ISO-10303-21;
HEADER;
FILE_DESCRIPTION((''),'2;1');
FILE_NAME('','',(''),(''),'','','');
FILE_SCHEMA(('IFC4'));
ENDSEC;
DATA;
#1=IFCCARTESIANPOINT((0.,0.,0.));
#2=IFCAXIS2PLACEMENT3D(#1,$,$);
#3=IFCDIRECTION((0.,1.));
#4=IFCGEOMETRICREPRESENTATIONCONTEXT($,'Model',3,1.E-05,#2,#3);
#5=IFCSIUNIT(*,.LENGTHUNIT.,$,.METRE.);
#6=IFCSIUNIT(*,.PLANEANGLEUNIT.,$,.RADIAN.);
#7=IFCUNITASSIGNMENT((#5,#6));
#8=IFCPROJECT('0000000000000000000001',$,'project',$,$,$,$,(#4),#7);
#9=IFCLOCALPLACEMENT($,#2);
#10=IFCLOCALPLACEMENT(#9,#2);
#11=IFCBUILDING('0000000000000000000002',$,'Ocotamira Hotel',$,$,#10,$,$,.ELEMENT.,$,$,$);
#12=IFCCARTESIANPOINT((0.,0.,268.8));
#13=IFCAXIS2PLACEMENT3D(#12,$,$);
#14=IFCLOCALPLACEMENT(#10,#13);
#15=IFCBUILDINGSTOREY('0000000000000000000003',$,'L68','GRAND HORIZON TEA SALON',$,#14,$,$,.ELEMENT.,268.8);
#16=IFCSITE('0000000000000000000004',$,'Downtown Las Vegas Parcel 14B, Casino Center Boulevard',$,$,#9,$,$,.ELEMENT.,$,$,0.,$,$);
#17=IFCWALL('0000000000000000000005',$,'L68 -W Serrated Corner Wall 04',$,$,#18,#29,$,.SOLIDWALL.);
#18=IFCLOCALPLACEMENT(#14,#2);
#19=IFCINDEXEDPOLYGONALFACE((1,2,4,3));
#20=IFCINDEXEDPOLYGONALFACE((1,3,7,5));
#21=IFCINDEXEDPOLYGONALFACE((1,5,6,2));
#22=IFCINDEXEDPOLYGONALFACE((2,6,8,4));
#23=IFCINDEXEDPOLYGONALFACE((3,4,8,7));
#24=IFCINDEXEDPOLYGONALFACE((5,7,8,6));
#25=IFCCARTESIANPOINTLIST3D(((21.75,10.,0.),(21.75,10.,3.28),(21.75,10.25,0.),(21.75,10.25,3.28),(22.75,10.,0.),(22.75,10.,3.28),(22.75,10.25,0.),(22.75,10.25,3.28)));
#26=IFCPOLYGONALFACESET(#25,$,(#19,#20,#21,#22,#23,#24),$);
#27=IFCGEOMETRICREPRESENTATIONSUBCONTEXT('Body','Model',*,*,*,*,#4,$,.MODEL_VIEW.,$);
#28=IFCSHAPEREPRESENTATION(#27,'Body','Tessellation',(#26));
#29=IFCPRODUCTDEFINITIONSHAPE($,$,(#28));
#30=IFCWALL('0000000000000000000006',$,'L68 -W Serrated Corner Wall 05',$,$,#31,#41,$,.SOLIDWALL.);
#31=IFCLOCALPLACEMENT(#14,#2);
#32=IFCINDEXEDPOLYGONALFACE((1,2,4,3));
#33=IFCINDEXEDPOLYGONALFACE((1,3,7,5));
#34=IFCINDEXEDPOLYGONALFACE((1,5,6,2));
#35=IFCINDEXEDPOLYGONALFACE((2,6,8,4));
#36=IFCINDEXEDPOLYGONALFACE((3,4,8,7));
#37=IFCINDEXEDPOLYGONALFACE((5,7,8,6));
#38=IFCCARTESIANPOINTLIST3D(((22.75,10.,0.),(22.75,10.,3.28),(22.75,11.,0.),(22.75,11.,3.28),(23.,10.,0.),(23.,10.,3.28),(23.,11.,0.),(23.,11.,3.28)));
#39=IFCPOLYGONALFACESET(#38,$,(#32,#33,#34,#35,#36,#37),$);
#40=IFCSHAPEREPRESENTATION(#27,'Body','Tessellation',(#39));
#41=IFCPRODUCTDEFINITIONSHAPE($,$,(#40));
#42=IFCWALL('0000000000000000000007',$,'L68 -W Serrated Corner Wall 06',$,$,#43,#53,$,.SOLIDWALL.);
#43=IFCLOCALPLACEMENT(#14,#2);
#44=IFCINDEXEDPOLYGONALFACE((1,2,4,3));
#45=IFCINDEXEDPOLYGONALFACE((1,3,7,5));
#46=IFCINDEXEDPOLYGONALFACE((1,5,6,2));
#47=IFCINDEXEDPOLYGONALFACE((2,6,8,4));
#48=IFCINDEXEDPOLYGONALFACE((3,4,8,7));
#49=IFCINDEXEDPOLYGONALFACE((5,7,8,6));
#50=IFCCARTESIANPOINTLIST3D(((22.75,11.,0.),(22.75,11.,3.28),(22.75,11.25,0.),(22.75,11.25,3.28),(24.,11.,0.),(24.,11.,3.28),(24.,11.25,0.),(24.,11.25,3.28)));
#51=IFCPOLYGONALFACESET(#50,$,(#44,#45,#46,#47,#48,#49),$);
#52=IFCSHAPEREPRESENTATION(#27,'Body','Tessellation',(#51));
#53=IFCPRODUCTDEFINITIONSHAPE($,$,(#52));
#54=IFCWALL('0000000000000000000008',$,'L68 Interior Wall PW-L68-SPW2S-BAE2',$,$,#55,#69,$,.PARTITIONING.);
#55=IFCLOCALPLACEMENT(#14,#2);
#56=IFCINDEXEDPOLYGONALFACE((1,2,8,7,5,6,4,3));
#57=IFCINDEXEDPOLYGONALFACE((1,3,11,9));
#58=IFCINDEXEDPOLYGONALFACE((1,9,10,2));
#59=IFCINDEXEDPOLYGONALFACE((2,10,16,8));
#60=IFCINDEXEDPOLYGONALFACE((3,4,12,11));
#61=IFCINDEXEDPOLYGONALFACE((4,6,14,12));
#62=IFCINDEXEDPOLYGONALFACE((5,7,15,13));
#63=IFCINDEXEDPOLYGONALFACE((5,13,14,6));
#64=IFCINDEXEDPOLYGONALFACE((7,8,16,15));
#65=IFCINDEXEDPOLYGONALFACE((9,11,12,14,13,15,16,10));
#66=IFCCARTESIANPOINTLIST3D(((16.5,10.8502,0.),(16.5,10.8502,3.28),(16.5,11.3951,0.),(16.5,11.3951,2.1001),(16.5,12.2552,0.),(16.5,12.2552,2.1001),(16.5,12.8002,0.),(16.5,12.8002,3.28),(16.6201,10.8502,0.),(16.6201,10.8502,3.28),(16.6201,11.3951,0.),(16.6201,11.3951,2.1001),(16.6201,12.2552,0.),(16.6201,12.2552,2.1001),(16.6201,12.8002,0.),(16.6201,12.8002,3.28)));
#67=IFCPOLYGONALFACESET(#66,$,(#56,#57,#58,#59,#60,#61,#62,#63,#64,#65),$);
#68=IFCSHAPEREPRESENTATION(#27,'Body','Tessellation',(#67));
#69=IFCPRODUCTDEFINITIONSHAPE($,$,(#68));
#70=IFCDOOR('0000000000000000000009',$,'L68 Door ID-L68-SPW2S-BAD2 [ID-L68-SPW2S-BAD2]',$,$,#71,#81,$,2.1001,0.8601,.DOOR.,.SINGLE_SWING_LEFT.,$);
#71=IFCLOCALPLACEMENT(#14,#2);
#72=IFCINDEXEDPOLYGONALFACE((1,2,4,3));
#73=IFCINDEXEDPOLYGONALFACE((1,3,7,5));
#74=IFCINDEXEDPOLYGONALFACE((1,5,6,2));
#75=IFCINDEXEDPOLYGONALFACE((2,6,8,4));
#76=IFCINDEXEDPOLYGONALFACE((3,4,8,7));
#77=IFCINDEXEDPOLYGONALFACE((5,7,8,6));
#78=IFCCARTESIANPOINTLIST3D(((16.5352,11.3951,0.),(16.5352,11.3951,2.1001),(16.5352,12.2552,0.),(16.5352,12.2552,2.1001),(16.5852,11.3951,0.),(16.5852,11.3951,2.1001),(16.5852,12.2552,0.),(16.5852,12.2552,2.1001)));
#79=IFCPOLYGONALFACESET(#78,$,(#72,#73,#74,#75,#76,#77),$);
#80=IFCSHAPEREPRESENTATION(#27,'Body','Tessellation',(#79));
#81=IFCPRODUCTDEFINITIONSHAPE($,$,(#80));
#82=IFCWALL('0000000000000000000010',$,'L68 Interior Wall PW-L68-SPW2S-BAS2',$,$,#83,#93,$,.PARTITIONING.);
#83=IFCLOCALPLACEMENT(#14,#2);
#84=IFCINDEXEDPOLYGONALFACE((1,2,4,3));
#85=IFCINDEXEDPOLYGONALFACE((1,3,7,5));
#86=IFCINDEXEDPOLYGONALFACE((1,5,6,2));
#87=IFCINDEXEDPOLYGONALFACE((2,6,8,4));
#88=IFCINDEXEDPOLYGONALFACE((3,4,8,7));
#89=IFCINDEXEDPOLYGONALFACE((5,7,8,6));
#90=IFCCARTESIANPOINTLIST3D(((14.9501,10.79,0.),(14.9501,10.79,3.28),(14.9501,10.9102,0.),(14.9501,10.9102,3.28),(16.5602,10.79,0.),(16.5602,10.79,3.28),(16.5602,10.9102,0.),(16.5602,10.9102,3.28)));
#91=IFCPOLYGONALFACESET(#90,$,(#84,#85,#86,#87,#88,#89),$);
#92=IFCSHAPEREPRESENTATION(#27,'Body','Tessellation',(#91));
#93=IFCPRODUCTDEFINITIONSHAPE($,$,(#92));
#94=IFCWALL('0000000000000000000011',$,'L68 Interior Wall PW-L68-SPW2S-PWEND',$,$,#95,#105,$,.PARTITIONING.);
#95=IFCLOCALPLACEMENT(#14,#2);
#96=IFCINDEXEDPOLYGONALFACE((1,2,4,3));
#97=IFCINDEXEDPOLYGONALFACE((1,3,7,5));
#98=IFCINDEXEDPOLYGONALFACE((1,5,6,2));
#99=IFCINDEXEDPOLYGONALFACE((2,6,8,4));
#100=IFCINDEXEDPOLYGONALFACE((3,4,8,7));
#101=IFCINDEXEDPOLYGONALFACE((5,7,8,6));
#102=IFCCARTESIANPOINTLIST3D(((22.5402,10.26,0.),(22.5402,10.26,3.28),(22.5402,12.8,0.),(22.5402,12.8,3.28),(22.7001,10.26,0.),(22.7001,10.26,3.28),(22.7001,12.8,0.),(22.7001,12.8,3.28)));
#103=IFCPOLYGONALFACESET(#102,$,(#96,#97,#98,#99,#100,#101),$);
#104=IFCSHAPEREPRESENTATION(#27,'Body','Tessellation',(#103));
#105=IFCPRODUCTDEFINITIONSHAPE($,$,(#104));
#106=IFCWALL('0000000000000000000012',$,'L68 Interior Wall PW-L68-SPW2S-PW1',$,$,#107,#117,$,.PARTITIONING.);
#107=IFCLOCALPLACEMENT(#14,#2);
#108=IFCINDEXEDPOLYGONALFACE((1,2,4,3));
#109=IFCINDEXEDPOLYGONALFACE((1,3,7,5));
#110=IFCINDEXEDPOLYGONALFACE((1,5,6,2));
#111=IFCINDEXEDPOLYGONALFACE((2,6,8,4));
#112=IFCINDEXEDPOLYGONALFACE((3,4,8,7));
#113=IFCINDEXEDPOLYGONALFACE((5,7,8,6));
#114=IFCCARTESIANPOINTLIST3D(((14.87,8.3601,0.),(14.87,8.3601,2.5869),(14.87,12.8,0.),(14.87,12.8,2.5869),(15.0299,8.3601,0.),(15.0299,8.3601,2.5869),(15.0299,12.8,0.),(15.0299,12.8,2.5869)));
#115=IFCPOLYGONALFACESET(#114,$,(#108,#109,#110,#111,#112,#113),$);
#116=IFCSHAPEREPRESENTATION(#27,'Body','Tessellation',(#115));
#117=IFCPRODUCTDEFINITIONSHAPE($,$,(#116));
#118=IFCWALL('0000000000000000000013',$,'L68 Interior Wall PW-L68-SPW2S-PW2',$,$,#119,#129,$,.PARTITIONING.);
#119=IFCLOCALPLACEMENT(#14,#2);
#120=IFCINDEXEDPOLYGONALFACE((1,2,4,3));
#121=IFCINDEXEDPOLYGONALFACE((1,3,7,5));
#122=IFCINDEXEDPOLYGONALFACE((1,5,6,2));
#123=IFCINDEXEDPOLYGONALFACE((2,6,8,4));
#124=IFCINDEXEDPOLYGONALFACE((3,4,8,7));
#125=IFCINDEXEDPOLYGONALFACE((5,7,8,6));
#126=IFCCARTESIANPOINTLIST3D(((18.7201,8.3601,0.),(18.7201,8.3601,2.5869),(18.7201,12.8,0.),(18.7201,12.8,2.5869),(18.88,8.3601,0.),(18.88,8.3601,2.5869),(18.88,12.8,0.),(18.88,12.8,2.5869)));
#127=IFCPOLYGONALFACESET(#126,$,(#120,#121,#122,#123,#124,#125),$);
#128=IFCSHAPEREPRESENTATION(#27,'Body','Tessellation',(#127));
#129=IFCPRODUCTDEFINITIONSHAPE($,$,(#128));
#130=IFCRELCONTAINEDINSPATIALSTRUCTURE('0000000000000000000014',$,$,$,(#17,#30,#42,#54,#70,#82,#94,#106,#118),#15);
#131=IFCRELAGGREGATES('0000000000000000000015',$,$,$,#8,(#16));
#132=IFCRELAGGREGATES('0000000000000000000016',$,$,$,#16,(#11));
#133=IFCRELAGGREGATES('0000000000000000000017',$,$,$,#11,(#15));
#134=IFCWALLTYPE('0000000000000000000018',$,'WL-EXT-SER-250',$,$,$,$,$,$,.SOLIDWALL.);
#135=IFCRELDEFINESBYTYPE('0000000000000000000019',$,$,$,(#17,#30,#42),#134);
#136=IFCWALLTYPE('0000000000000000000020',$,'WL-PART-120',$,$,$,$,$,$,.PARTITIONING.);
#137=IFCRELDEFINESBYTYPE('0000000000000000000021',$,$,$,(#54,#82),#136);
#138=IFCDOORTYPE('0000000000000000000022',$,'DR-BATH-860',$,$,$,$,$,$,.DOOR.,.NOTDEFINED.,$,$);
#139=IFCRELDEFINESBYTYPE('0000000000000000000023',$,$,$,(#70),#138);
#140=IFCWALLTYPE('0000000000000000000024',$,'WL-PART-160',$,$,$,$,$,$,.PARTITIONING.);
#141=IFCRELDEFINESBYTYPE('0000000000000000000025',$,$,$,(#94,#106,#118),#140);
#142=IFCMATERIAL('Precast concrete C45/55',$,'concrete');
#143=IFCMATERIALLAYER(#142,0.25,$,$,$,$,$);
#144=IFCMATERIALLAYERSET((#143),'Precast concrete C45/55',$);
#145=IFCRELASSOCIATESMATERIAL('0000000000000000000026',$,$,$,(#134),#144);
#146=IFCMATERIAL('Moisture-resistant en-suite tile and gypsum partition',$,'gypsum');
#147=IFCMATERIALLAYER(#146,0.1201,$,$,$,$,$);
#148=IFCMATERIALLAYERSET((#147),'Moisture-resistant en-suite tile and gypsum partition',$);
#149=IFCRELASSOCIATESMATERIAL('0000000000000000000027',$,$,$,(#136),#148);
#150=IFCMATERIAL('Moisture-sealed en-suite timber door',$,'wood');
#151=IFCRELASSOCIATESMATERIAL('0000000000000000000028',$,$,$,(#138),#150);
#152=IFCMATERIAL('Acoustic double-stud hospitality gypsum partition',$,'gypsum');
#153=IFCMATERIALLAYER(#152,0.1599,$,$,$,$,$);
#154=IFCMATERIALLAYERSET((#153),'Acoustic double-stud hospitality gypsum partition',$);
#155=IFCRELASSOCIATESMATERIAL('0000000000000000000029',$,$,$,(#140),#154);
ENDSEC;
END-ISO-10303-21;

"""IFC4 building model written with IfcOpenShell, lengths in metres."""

from ifc_helpers import new_model, si_unit, direction, frame, frame_2d, origin, place, context, subcontext, project, spatial, rectangle, extrude, source, transform, mapped, material, layer, layer_set, type_object, element, fill, save


model = new_model("IFC4")

# Units and contexts
model_context = context("Model", 3, precision=1e-05, world=origin(), true_north=direction((0.0, 1.0)))
body_context = subcontext(model_context, "Body", "Model", "MODEL_VIEW")
ifc_project = project(units=[si_unit("LENGTHUNIT", "METRE"), si_unit("PLANEANGLEUNIT", "RADIAN")], contexts=[model_context])

# Site, building, storey
site_placement = place(None, origin())
site = spatial("IfcSite", under=ifc_project, at=site_placement, Name="Downtown Las Vegas Parcel 14B, Casino Center Boulevard", CompositionType="ELEMENT", RefElevation=0.0)
building_placement = place(site_placement, origin())
building = spatial("IfcBuilding", under=site, at=building_placement, Name="Ocotamira Hotel", CompositionType="ELEMENT")
storey_placement = place(building_placement, frame((0.0, 0.0, 268.8)))
storey = spatial("IfcBuildingStorey", under=building, at=storey_placement, Name="L68", Description="GRAND HORIZON TEA SALON", CompositionType="ELEMENT", Elevation=268.8)

# Walls
ifc_material_1 = material(Name="Precast concrete C45/55", Category="concrete")
ifc_layer_1 = layer(ifc_material_1, 0.25)
ifc_layer_set_1 = layer_set([ifc_layer_1], Name="Precast concrete C45/55")
wall_type_1 = type_object("IfcWallType", Name="WL-EXT-SER-250", PredefinedType="SOLIDWALL", material=ifc_layer_set_1)
for number, where, z_axis, x_axis, name in (
    (1, (21.75, 10.125, 0.0), (0.0, 0.0, 1.0), (1.0, 0.0, 0.0), "L68 -W Serrated Corner Wall 04"),
    (2, (22.875, 10.0, 0.0), (0.0, 0.0, 1.0), (0.0, 1.0, 0.0), "L68 -W Serrated Corner Wall 05"),
):
    element("IfcWall", number, at=place(storey_placement, frame(where, z_axis=z_axis, x_axis=x_axis)), inside=storey, type_object=wall_type_1, Name=name, PredefinedType="SOLIDWALL", context=body_context, shape_type="SweptSolid", body=[
        extrude(rectangle(XDim=1.0, YDim=0.25, at=frame_2d((0.5, 0.0))), origin(), (0.0, 0.0, 1.0), 3.28),
    ])
wall_1_placement = place(storey_placement, frame((22.75, 11.125, 0.0), z_axis=(0.0, 0.0, 1.0), x_axis=(1.0, 0.0, 0.0)))
element("IfcWall", 3, at=wall_1_placement, inside=storey, type_object=wall_type_1, Name="L68 -W Serrated Corner Wall 06", PredefinedType="SOLIDWALL", context=body_context, shape_type="SweptSolid", body=[
    extrude(rectangle(XDim=1.25, YDim=0.25, at=frame_2d((0.625, 0.0))), origin(), (0.0, 0.0, 1.0), 3.28),
])

# Wall, opening, door
ifc_material_2 = material(Name="Moisture-resistant en-suite tile and gypsum partition", Category="gypsum")
ifc_layer_2 = layer(ifc_material_2, 0.1201)
ifc_layer_set_2 = layer_set([ifc_layer_2], Name="Moisture-resistant en-suite tile and gypsum partition")
wall_type_2 = type_object("IfcWallType", Name="WL-PART-120", PredefinedType="PARTITIONING", material=ifc_layer_set_2)
wall_2_placement = place(storey_placement, frame((16.5601, 10.8501, 0.0), z_axis=(0.0, 0.0, 1.0), x_axis=(0.0, 1.0, 0.0)))
wall_2 = element("IfcWall", 4, at=wall_2_placement, inside=storey, type_object=wall_type_2, Name="L68 Interior Wall PW-L68-SPW2S-BAE2", PredefinedType="PARTITIONING", context=body_context, shape_type="SweptSolid", body=[
    extrude(rectangle(XDim=1.95, YDim=0.1201, at=frame_2d((0.9751, 0.0))), origin(), (0.0, 0.0, 1.0), 3.28),
])
opening_placement = place(wall_2_placement, frame((0.5449, 0.0, 0.0)))
opening = element("IfcOpeningElement", 5, at=opening_placement, cuts=wall_2, PredefinedType="OPENING", context=body_context, shape_type="SweptSolid", body=[
    extrude(rectangle(XDim=0.8601, YDim=2.1001, at=frame_2d((0.4302, 1.05))), frame((0.0, 0.0701, 0.0), z_axis=(0.0, -1.0, 0.0), x_axis=(1.0, 0.0, 0.0)), (0.0, 0.0, 1.0), 0.1401),
])
ifc_material_3 = material(Name="Moisture-sealed en-suite timber door", Category="wood")
door_type = type_object("IfcDoorType", Name="DR-BATH-860", OperationType="NOTDEFINED", PredefinedType="DOOR", material=ifc_material_3)
shared_shape_1 = source(origin(), body_context, "Body", "SweptSolid", [
    extrude(rectangle(XDim=0.8601, YDim=2.1001, at=frame_2d((0.4302, 1.05))), frame((0.0, 0.0249, 0.0), z_axis=(0.0, -1.0, 0.0), x_axis=(1.0, 0.0, 0.0)), (0.0, 0.0, 1.0), 0.05),
])
door_placement = place(opening_placement, origin())
door = element("IfcDoor", 6, at=door_placement, inside=storey, type_object=door_type, Name="L68 Door ID-L68-SPW2S-BAD2 [ID-L68-SPW2S-BAD2]", OperationType="SINGLE_SWING_LEFT", OverallHeight=2.1001, OverallWidth=0.8601, PredefinedType="DOOR", context=body_context, shape_type="MappedRepresentation", body=[
    mapped(shared_shape_1, transform((0.0, 0.0, 0.0), scale=1.0)),
])
fill(opening, door)

# Walls
wall_3_placement = place(storey_placement, frame((14.95, 10.8501, 0.0), z_axis=(0.0, 0.0, 1.0), x_axis=(1.0, 0.0, 0.0)))
element("IfcWall", 7, at=wall_3_placement, inside=storey, type_object=wall_type_2, Name="L68 Interior Wall PW-L68-SPW2S-BAS2", PredefinedType="PARTITIONING", context=body_context, shape_type="SweptSolid", body=[
    extrude(rectangle(XDim=1.6101, YDim=0.1201, at=frame_2d((0.8052, 0.0))), origin(), (0.0, 0.0, 1.0), 3.28),
])
ifc_material_4 = material(Name="Acoustic double-stud hospitality gypsum partition", Category="gypsum")
ifc_layer_3 = layer(ifc_material_4, 0.1599)
ifc_layer_set_3 = layer_set([ifc_layer_3], Name="Acoustic double-stud hospitality gypsum partition")
wall_type_3 = type_object("IfcWallType", Name="WL-PART-160", PredefinedType="PARTITIONING", material=ifc_layer_set_3)
wall_4_placement = place(storey_placement, frame((22.6201, 10.26, 0.0), z_axis=(0.0, 0.0, 1.0), x_axis=(0.0, 1.0, 0.0)))
element("IfcWall", 8, at=wall_4_placement, inside=storey, type_object=wall_type_3, Name="L68 Interior Wall PW-L68-SPW2S-PWEND", PredefinedType="PARTITIONING", context=body_context, shape_type="SweptSolid", body=[
    extrude(rectangle(XDim=2.54, YDim=0.1599, at=frame_2d((1.27, 0.0))), origin(), (0.0, 0.0, 1.0), 3.28),
])
for number, where, z_axis, x_axis, name in (
    (9, (14.95, 8.3601, 0.0), (0.0, 0.0, 1.0), (0.0, 1.0, 0.0), "L68 Interior Wall PW-L68-SPW2S-PW1"),
    (10, (18.8, 8.3601, 0.0), (0.0, 0.0, 1.0), (0.0, 1.0, 0.0), "L68 Interior Wall PW-L68-SPW2S-PW2"),
):
    element("IfcWall", number, at=place(storey_placement, frame(where, z_axis=z_axis, x_axis=x_axis)), inside=storey, type_object=wall_type_3, Name=name, PredefinedType="PARTITIONING", context=body_context, shape_type="SweptSolid", body=[
        extrude(rectangle(XDim=4.4399, YDim=0.1599, at=frame_2d((2.22, 0.0))), origin(), (0.0, 0.0, 1.0), 2.5869),
    ])

save(model, "model.ifc")
